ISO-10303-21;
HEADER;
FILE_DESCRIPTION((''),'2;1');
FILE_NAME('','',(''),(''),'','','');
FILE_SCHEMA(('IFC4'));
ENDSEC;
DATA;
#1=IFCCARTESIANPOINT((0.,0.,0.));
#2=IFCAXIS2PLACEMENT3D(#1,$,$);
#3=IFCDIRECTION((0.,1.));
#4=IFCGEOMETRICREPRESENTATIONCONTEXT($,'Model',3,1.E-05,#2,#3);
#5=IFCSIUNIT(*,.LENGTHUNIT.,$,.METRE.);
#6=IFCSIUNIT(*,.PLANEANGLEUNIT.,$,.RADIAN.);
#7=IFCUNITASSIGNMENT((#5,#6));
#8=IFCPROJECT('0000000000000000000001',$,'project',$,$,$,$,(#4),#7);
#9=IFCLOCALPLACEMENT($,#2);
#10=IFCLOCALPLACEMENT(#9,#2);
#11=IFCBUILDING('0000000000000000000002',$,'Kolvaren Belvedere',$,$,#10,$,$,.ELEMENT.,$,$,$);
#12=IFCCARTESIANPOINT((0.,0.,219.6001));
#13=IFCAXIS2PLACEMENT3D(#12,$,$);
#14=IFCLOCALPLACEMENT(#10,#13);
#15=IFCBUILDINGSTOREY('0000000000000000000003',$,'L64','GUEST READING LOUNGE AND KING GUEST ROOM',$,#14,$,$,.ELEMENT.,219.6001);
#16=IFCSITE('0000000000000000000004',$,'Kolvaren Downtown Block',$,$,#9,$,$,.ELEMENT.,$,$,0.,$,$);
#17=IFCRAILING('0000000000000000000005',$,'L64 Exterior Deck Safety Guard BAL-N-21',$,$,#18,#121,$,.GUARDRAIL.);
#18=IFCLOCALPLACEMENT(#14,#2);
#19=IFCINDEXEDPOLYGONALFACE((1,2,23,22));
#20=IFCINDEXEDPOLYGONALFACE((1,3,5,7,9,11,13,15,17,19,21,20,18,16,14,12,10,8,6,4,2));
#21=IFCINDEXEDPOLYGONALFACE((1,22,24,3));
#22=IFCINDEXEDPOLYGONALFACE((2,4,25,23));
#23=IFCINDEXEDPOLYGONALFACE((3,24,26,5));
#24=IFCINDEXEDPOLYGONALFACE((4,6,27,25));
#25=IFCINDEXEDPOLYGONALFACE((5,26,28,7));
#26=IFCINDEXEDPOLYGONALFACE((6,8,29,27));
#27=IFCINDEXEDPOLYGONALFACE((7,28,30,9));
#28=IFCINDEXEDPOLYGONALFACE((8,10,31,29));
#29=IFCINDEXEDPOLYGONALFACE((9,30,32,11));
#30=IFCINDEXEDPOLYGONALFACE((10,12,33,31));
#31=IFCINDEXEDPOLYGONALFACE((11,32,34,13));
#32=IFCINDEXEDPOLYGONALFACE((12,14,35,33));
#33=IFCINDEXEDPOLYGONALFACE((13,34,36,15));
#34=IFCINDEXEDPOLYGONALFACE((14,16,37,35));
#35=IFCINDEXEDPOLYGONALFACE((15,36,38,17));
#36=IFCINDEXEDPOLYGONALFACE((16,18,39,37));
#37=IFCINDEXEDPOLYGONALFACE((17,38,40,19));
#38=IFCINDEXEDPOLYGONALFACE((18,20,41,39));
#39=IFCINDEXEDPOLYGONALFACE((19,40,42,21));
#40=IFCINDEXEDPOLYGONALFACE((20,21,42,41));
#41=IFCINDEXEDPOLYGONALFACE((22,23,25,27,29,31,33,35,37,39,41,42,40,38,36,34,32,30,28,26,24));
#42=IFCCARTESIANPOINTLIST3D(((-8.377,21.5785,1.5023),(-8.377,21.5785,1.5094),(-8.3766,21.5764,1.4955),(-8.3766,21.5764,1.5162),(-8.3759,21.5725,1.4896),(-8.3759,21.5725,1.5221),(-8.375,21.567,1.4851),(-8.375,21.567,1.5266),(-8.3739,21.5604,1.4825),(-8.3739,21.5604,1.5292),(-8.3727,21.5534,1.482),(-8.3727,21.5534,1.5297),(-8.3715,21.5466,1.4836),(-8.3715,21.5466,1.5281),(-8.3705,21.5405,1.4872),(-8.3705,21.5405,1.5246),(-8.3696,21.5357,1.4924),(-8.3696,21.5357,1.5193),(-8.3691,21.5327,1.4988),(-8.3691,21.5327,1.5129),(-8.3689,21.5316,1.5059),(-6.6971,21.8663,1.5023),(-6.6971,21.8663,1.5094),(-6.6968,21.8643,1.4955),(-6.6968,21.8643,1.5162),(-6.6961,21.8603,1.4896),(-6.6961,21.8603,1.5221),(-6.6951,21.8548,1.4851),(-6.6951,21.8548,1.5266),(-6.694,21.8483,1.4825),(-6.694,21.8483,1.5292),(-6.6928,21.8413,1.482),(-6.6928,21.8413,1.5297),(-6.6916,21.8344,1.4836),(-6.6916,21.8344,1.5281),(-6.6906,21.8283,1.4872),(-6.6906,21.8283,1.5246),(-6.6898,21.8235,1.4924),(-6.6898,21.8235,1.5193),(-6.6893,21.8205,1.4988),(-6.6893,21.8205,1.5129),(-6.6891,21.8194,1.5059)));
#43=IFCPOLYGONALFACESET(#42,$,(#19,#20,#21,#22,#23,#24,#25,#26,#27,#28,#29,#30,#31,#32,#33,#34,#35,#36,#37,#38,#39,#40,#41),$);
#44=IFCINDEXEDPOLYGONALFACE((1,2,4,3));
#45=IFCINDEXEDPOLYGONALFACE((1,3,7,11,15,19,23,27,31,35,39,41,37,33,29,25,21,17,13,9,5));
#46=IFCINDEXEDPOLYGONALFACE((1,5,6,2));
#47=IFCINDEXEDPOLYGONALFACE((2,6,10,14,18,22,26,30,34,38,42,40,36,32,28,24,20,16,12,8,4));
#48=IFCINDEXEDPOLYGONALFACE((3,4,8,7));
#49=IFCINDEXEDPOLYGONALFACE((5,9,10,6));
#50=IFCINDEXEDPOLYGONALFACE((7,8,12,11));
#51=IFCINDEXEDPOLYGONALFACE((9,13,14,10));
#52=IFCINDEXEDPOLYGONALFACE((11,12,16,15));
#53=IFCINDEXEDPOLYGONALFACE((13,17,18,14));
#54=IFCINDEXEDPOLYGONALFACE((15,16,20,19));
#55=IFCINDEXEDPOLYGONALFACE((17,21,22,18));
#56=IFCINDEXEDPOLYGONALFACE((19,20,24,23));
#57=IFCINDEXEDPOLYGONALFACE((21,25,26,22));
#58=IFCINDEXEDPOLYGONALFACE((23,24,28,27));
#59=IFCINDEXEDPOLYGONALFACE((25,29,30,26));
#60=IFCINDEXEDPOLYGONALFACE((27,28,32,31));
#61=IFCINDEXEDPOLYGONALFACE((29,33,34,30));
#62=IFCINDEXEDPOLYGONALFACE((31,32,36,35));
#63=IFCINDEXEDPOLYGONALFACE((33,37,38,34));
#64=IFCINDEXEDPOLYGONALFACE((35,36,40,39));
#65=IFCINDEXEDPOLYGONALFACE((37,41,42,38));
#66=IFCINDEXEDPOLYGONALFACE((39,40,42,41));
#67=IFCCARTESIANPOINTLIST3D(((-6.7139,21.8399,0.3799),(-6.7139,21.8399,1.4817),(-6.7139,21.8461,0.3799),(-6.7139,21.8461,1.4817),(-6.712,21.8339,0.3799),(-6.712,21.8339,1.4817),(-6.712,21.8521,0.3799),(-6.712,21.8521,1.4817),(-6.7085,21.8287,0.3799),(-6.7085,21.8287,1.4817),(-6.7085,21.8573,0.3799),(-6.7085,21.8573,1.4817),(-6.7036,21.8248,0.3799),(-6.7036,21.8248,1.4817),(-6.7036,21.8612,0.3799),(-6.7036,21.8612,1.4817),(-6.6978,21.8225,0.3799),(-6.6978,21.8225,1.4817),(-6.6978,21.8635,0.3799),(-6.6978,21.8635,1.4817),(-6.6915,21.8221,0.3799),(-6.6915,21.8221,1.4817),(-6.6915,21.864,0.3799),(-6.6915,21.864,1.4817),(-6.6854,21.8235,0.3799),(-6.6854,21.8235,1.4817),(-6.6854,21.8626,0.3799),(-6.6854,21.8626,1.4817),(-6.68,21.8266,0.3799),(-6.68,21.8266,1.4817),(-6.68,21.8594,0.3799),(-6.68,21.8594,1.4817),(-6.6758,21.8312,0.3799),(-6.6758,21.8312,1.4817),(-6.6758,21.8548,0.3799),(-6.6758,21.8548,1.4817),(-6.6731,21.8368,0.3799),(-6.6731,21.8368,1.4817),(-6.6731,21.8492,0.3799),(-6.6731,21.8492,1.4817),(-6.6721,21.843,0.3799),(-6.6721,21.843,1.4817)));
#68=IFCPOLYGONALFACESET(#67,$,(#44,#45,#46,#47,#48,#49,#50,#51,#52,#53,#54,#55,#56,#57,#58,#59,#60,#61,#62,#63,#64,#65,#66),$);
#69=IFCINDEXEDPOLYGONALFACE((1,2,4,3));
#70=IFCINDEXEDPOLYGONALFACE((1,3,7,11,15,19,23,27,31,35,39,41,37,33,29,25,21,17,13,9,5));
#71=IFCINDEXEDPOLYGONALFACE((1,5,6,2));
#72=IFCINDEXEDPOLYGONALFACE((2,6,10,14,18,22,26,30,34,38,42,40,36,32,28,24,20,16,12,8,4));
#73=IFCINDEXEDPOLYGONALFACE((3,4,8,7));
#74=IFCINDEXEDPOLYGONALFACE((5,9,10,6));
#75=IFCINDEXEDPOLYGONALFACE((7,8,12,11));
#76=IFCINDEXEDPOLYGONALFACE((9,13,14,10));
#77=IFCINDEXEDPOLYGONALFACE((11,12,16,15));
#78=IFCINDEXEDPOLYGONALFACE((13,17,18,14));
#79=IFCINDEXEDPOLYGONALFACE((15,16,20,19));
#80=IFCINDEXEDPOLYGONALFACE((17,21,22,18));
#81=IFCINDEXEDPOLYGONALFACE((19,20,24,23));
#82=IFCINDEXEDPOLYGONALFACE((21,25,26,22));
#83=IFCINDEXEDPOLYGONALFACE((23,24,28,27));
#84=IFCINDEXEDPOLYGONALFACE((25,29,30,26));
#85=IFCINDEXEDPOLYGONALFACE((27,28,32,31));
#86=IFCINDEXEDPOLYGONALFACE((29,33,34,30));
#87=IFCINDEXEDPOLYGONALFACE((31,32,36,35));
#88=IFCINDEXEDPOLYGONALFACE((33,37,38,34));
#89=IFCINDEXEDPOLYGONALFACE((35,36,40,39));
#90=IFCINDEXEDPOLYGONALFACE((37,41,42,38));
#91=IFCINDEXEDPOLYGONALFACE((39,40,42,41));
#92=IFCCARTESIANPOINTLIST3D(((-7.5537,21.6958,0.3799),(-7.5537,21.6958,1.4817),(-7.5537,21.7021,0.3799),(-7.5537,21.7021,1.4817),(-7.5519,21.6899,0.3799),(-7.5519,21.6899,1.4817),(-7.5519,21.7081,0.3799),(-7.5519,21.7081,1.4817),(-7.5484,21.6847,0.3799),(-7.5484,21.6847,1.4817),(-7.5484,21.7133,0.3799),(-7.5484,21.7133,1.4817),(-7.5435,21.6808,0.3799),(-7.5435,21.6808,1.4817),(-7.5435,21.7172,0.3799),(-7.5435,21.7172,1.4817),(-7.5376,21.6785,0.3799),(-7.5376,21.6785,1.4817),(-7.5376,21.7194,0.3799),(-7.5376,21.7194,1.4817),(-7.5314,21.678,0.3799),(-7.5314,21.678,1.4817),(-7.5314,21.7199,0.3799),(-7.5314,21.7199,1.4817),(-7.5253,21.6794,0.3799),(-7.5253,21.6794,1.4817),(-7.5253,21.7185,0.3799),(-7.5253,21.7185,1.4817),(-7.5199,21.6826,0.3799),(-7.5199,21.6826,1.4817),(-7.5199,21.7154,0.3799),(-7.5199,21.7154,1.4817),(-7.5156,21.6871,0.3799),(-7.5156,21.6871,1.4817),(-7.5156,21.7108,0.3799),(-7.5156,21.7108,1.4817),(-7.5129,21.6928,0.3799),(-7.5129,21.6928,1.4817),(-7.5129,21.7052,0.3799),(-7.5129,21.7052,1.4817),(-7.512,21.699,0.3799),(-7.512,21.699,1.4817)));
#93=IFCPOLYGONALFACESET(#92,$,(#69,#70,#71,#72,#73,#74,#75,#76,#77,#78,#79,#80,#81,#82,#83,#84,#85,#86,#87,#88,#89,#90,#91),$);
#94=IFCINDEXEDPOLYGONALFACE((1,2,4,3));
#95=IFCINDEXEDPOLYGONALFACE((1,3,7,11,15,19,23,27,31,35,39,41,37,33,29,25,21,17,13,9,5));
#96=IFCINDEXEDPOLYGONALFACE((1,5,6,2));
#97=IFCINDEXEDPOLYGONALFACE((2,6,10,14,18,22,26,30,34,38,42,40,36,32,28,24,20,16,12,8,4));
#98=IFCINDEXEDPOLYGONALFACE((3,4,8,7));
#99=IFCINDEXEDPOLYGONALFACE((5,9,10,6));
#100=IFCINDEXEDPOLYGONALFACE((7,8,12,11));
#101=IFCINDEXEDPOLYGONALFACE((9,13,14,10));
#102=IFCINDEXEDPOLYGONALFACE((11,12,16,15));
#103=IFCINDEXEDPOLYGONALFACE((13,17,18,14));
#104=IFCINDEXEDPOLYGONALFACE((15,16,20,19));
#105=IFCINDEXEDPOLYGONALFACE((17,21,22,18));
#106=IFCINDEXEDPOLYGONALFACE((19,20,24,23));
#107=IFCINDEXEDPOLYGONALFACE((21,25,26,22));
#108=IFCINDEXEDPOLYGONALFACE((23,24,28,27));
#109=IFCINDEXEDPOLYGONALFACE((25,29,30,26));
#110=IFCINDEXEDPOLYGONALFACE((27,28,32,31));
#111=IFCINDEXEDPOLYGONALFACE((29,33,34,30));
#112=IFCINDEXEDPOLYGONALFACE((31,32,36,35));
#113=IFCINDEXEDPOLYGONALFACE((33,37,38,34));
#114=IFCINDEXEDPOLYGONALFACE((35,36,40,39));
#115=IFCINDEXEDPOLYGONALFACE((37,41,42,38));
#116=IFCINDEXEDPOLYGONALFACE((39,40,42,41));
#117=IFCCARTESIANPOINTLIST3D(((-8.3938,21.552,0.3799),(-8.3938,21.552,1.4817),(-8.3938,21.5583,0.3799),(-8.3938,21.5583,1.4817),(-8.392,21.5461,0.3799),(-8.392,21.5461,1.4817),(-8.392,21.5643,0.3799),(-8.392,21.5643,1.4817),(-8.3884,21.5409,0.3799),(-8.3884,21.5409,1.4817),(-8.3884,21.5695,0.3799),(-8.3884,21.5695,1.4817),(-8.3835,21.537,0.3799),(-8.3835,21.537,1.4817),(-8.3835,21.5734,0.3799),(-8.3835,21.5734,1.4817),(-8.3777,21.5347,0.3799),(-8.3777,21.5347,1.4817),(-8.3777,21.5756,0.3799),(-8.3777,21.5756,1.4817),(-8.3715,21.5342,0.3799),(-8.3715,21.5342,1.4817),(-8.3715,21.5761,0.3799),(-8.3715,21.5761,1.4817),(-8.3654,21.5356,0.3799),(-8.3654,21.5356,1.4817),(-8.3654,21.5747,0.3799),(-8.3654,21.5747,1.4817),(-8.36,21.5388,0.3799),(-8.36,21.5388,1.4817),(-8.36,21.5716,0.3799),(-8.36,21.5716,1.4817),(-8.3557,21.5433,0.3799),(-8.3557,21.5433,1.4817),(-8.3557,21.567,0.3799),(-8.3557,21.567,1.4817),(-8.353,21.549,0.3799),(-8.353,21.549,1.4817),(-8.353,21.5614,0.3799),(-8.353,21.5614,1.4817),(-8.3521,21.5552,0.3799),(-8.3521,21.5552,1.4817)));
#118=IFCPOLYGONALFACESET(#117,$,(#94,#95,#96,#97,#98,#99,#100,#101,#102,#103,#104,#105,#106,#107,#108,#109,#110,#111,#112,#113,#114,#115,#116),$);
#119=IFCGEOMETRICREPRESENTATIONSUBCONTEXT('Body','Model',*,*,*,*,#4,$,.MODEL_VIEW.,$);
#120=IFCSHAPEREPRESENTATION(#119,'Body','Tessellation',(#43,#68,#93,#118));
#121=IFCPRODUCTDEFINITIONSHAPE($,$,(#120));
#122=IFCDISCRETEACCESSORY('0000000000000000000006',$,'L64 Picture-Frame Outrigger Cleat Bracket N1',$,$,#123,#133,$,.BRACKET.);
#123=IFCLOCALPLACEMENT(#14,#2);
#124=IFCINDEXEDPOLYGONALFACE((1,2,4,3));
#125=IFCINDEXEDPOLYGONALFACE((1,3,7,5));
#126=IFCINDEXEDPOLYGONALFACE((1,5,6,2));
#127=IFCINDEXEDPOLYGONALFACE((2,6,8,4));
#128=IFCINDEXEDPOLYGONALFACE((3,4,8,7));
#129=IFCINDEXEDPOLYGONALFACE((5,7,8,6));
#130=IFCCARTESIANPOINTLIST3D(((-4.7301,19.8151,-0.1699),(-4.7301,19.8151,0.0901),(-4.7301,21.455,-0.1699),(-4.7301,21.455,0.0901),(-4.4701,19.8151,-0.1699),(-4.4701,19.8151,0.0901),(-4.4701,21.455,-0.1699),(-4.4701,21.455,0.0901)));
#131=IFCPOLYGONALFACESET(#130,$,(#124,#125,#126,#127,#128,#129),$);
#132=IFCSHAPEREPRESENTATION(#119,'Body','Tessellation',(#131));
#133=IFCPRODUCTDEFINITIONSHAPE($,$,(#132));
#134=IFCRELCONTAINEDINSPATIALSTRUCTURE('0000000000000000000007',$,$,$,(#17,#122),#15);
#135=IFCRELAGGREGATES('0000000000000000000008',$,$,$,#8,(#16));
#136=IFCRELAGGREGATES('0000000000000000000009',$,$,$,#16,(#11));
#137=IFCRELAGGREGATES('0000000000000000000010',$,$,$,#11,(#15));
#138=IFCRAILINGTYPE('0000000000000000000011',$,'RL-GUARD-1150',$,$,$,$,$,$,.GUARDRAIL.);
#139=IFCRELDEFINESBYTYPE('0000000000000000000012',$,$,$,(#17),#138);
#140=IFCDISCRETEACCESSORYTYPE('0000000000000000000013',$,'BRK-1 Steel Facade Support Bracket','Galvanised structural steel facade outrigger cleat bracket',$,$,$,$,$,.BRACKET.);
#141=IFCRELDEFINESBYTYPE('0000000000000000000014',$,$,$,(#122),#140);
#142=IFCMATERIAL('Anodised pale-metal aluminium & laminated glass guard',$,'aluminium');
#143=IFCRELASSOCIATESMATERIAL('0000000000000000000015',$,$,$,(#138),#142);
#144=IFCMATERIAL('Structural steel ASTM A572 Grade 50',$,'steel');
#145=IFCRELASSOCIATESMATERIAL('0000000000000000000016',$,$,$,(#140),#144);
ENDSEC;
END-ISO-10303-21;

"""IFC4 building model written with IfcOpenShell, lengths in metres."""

from ifc_helpers import new_model, si_unit, direction, frame, origin, origin_2d, place, context, subcontext, project, spatial, rectangle, circle, extrude, material, type_object, element, save


model = new_model("IFC4")

# Units and contexts
model_context = context("Model", 3, precision=1e-05, world=origin(), true_north=direction((0.0, 1.0)))
body_context = subcontext(model_context, "Body", "Model", "MODEL_VIEW")
ifc_project = project(units=[si_unit("LENGTHUNIT", "METRE"), si_unit("PLANEANGLEUNIT", "RADIAN")], contexts=[model_context])

# Site, building, storey
site_placement = place(None, origin())
site = spatial("IfcSite", under=ifc_project, at=site_placement, Name="Kolvaren Downtown Block", CompositionType="ELEMENT", RefElevation=0.0)
building_placement = place(site_placement, origin())
building = spatial("IfcBuilding", under=site, at=building_placement, Name="Kolvaren Belvedere", CompositionType="ELEMENT")
storey_placement = place(building_placement, frame((0.0, 0.0, 219.6001)))
storey = spatial("IfcBuildingStorey", under=building, at=storey_placement, Name="L64", Description="GUEST READING LOUNGE AND KING GUEST ROOM", CompositionType="ELEMENT", Elevation=219.6001)

# Railing
ifc_material_1 = material(Name="Anodised pale-metal aluminium & laminated glass guard", Category="aluminium")
railing_type = type_object("IfcRailingType", Name="RL-GUARD-1150", PredefinedType="GUARDRAIL", material=ifc_material_1)
railing_1_placement = place(storey_placement, frame((-6.6931, 21.843, 0.3799)))
element("IfcRailing", 1, at=railing_1_placement, inside=storey, type_object=railing_type, Name="L64 Exterior Deck Safety Guard BAL-N-21", PredefinedType="GUARDRAIL", context=body_context, shape_type="SweptSolid", body=[
    extrude(circle(Radius=0.0239, at=origin_2d()), frame((0.0, 0.0, 1.126), z_axis=(-0.985637, -0.16888, 0.0), x_axis=(0.16888, -0.985637, 0.0)), (0.0, 0.0, 1.0), 1.7043),
    extrude(circle(Radius=0.021, at=origin_2d()), origin(), (0.0, 0.0, 1.0), 1.1018),
    extrude(circle(Radius=0.021, at=origin_2d()), frame((-0.8398, -0.144, 0.0)), (0.0, 0.0, 1.0), 1.1018),
    extrude(circle(Radius=0.021, at=origin_2d()), frame((-1.6799, -0.2878, 0.0)), (0.0, 0.0, 1.0), 1.1018),
])

# Discrete accessory
ifc_material_2 = material(Name="Structural steel ASTM A572 Grade 50", Category="steel")
discrete_accessory_type = type_object("IfcDiscreteAccessoryType", Name="BRK-1 Steel Facade Support Bracket", Description="Galvanised structural steel facade outrigger cleat bracket", PredefinedType="BRACKET", material=ifc_material_2)
discrete_accessory_placement = place(storey_placement, frame((-4.6001, 20.635, -0.1699), z_axis=(0.0, 0.0, 1.0), x_axis=(0.0, 1.0, 0.0)))
element("IfcDiscreteAccessory", 2, at=discrete_accessory_placement, inside=storey, type_object=discrete_accessory_type, Name="L64 Picture-Frame Outrigger Cleat Bracket N1", PredefinedType="BRACKET", context=body_context, shape_type="SweptSolid", body=[
    extrude(rectangle(XDim=1.6399, YDim=0.26, at=origin_2d()), origin(), (0.0, 0.0, 1.0), 0.26),
])

save(model, "model.ifc")
